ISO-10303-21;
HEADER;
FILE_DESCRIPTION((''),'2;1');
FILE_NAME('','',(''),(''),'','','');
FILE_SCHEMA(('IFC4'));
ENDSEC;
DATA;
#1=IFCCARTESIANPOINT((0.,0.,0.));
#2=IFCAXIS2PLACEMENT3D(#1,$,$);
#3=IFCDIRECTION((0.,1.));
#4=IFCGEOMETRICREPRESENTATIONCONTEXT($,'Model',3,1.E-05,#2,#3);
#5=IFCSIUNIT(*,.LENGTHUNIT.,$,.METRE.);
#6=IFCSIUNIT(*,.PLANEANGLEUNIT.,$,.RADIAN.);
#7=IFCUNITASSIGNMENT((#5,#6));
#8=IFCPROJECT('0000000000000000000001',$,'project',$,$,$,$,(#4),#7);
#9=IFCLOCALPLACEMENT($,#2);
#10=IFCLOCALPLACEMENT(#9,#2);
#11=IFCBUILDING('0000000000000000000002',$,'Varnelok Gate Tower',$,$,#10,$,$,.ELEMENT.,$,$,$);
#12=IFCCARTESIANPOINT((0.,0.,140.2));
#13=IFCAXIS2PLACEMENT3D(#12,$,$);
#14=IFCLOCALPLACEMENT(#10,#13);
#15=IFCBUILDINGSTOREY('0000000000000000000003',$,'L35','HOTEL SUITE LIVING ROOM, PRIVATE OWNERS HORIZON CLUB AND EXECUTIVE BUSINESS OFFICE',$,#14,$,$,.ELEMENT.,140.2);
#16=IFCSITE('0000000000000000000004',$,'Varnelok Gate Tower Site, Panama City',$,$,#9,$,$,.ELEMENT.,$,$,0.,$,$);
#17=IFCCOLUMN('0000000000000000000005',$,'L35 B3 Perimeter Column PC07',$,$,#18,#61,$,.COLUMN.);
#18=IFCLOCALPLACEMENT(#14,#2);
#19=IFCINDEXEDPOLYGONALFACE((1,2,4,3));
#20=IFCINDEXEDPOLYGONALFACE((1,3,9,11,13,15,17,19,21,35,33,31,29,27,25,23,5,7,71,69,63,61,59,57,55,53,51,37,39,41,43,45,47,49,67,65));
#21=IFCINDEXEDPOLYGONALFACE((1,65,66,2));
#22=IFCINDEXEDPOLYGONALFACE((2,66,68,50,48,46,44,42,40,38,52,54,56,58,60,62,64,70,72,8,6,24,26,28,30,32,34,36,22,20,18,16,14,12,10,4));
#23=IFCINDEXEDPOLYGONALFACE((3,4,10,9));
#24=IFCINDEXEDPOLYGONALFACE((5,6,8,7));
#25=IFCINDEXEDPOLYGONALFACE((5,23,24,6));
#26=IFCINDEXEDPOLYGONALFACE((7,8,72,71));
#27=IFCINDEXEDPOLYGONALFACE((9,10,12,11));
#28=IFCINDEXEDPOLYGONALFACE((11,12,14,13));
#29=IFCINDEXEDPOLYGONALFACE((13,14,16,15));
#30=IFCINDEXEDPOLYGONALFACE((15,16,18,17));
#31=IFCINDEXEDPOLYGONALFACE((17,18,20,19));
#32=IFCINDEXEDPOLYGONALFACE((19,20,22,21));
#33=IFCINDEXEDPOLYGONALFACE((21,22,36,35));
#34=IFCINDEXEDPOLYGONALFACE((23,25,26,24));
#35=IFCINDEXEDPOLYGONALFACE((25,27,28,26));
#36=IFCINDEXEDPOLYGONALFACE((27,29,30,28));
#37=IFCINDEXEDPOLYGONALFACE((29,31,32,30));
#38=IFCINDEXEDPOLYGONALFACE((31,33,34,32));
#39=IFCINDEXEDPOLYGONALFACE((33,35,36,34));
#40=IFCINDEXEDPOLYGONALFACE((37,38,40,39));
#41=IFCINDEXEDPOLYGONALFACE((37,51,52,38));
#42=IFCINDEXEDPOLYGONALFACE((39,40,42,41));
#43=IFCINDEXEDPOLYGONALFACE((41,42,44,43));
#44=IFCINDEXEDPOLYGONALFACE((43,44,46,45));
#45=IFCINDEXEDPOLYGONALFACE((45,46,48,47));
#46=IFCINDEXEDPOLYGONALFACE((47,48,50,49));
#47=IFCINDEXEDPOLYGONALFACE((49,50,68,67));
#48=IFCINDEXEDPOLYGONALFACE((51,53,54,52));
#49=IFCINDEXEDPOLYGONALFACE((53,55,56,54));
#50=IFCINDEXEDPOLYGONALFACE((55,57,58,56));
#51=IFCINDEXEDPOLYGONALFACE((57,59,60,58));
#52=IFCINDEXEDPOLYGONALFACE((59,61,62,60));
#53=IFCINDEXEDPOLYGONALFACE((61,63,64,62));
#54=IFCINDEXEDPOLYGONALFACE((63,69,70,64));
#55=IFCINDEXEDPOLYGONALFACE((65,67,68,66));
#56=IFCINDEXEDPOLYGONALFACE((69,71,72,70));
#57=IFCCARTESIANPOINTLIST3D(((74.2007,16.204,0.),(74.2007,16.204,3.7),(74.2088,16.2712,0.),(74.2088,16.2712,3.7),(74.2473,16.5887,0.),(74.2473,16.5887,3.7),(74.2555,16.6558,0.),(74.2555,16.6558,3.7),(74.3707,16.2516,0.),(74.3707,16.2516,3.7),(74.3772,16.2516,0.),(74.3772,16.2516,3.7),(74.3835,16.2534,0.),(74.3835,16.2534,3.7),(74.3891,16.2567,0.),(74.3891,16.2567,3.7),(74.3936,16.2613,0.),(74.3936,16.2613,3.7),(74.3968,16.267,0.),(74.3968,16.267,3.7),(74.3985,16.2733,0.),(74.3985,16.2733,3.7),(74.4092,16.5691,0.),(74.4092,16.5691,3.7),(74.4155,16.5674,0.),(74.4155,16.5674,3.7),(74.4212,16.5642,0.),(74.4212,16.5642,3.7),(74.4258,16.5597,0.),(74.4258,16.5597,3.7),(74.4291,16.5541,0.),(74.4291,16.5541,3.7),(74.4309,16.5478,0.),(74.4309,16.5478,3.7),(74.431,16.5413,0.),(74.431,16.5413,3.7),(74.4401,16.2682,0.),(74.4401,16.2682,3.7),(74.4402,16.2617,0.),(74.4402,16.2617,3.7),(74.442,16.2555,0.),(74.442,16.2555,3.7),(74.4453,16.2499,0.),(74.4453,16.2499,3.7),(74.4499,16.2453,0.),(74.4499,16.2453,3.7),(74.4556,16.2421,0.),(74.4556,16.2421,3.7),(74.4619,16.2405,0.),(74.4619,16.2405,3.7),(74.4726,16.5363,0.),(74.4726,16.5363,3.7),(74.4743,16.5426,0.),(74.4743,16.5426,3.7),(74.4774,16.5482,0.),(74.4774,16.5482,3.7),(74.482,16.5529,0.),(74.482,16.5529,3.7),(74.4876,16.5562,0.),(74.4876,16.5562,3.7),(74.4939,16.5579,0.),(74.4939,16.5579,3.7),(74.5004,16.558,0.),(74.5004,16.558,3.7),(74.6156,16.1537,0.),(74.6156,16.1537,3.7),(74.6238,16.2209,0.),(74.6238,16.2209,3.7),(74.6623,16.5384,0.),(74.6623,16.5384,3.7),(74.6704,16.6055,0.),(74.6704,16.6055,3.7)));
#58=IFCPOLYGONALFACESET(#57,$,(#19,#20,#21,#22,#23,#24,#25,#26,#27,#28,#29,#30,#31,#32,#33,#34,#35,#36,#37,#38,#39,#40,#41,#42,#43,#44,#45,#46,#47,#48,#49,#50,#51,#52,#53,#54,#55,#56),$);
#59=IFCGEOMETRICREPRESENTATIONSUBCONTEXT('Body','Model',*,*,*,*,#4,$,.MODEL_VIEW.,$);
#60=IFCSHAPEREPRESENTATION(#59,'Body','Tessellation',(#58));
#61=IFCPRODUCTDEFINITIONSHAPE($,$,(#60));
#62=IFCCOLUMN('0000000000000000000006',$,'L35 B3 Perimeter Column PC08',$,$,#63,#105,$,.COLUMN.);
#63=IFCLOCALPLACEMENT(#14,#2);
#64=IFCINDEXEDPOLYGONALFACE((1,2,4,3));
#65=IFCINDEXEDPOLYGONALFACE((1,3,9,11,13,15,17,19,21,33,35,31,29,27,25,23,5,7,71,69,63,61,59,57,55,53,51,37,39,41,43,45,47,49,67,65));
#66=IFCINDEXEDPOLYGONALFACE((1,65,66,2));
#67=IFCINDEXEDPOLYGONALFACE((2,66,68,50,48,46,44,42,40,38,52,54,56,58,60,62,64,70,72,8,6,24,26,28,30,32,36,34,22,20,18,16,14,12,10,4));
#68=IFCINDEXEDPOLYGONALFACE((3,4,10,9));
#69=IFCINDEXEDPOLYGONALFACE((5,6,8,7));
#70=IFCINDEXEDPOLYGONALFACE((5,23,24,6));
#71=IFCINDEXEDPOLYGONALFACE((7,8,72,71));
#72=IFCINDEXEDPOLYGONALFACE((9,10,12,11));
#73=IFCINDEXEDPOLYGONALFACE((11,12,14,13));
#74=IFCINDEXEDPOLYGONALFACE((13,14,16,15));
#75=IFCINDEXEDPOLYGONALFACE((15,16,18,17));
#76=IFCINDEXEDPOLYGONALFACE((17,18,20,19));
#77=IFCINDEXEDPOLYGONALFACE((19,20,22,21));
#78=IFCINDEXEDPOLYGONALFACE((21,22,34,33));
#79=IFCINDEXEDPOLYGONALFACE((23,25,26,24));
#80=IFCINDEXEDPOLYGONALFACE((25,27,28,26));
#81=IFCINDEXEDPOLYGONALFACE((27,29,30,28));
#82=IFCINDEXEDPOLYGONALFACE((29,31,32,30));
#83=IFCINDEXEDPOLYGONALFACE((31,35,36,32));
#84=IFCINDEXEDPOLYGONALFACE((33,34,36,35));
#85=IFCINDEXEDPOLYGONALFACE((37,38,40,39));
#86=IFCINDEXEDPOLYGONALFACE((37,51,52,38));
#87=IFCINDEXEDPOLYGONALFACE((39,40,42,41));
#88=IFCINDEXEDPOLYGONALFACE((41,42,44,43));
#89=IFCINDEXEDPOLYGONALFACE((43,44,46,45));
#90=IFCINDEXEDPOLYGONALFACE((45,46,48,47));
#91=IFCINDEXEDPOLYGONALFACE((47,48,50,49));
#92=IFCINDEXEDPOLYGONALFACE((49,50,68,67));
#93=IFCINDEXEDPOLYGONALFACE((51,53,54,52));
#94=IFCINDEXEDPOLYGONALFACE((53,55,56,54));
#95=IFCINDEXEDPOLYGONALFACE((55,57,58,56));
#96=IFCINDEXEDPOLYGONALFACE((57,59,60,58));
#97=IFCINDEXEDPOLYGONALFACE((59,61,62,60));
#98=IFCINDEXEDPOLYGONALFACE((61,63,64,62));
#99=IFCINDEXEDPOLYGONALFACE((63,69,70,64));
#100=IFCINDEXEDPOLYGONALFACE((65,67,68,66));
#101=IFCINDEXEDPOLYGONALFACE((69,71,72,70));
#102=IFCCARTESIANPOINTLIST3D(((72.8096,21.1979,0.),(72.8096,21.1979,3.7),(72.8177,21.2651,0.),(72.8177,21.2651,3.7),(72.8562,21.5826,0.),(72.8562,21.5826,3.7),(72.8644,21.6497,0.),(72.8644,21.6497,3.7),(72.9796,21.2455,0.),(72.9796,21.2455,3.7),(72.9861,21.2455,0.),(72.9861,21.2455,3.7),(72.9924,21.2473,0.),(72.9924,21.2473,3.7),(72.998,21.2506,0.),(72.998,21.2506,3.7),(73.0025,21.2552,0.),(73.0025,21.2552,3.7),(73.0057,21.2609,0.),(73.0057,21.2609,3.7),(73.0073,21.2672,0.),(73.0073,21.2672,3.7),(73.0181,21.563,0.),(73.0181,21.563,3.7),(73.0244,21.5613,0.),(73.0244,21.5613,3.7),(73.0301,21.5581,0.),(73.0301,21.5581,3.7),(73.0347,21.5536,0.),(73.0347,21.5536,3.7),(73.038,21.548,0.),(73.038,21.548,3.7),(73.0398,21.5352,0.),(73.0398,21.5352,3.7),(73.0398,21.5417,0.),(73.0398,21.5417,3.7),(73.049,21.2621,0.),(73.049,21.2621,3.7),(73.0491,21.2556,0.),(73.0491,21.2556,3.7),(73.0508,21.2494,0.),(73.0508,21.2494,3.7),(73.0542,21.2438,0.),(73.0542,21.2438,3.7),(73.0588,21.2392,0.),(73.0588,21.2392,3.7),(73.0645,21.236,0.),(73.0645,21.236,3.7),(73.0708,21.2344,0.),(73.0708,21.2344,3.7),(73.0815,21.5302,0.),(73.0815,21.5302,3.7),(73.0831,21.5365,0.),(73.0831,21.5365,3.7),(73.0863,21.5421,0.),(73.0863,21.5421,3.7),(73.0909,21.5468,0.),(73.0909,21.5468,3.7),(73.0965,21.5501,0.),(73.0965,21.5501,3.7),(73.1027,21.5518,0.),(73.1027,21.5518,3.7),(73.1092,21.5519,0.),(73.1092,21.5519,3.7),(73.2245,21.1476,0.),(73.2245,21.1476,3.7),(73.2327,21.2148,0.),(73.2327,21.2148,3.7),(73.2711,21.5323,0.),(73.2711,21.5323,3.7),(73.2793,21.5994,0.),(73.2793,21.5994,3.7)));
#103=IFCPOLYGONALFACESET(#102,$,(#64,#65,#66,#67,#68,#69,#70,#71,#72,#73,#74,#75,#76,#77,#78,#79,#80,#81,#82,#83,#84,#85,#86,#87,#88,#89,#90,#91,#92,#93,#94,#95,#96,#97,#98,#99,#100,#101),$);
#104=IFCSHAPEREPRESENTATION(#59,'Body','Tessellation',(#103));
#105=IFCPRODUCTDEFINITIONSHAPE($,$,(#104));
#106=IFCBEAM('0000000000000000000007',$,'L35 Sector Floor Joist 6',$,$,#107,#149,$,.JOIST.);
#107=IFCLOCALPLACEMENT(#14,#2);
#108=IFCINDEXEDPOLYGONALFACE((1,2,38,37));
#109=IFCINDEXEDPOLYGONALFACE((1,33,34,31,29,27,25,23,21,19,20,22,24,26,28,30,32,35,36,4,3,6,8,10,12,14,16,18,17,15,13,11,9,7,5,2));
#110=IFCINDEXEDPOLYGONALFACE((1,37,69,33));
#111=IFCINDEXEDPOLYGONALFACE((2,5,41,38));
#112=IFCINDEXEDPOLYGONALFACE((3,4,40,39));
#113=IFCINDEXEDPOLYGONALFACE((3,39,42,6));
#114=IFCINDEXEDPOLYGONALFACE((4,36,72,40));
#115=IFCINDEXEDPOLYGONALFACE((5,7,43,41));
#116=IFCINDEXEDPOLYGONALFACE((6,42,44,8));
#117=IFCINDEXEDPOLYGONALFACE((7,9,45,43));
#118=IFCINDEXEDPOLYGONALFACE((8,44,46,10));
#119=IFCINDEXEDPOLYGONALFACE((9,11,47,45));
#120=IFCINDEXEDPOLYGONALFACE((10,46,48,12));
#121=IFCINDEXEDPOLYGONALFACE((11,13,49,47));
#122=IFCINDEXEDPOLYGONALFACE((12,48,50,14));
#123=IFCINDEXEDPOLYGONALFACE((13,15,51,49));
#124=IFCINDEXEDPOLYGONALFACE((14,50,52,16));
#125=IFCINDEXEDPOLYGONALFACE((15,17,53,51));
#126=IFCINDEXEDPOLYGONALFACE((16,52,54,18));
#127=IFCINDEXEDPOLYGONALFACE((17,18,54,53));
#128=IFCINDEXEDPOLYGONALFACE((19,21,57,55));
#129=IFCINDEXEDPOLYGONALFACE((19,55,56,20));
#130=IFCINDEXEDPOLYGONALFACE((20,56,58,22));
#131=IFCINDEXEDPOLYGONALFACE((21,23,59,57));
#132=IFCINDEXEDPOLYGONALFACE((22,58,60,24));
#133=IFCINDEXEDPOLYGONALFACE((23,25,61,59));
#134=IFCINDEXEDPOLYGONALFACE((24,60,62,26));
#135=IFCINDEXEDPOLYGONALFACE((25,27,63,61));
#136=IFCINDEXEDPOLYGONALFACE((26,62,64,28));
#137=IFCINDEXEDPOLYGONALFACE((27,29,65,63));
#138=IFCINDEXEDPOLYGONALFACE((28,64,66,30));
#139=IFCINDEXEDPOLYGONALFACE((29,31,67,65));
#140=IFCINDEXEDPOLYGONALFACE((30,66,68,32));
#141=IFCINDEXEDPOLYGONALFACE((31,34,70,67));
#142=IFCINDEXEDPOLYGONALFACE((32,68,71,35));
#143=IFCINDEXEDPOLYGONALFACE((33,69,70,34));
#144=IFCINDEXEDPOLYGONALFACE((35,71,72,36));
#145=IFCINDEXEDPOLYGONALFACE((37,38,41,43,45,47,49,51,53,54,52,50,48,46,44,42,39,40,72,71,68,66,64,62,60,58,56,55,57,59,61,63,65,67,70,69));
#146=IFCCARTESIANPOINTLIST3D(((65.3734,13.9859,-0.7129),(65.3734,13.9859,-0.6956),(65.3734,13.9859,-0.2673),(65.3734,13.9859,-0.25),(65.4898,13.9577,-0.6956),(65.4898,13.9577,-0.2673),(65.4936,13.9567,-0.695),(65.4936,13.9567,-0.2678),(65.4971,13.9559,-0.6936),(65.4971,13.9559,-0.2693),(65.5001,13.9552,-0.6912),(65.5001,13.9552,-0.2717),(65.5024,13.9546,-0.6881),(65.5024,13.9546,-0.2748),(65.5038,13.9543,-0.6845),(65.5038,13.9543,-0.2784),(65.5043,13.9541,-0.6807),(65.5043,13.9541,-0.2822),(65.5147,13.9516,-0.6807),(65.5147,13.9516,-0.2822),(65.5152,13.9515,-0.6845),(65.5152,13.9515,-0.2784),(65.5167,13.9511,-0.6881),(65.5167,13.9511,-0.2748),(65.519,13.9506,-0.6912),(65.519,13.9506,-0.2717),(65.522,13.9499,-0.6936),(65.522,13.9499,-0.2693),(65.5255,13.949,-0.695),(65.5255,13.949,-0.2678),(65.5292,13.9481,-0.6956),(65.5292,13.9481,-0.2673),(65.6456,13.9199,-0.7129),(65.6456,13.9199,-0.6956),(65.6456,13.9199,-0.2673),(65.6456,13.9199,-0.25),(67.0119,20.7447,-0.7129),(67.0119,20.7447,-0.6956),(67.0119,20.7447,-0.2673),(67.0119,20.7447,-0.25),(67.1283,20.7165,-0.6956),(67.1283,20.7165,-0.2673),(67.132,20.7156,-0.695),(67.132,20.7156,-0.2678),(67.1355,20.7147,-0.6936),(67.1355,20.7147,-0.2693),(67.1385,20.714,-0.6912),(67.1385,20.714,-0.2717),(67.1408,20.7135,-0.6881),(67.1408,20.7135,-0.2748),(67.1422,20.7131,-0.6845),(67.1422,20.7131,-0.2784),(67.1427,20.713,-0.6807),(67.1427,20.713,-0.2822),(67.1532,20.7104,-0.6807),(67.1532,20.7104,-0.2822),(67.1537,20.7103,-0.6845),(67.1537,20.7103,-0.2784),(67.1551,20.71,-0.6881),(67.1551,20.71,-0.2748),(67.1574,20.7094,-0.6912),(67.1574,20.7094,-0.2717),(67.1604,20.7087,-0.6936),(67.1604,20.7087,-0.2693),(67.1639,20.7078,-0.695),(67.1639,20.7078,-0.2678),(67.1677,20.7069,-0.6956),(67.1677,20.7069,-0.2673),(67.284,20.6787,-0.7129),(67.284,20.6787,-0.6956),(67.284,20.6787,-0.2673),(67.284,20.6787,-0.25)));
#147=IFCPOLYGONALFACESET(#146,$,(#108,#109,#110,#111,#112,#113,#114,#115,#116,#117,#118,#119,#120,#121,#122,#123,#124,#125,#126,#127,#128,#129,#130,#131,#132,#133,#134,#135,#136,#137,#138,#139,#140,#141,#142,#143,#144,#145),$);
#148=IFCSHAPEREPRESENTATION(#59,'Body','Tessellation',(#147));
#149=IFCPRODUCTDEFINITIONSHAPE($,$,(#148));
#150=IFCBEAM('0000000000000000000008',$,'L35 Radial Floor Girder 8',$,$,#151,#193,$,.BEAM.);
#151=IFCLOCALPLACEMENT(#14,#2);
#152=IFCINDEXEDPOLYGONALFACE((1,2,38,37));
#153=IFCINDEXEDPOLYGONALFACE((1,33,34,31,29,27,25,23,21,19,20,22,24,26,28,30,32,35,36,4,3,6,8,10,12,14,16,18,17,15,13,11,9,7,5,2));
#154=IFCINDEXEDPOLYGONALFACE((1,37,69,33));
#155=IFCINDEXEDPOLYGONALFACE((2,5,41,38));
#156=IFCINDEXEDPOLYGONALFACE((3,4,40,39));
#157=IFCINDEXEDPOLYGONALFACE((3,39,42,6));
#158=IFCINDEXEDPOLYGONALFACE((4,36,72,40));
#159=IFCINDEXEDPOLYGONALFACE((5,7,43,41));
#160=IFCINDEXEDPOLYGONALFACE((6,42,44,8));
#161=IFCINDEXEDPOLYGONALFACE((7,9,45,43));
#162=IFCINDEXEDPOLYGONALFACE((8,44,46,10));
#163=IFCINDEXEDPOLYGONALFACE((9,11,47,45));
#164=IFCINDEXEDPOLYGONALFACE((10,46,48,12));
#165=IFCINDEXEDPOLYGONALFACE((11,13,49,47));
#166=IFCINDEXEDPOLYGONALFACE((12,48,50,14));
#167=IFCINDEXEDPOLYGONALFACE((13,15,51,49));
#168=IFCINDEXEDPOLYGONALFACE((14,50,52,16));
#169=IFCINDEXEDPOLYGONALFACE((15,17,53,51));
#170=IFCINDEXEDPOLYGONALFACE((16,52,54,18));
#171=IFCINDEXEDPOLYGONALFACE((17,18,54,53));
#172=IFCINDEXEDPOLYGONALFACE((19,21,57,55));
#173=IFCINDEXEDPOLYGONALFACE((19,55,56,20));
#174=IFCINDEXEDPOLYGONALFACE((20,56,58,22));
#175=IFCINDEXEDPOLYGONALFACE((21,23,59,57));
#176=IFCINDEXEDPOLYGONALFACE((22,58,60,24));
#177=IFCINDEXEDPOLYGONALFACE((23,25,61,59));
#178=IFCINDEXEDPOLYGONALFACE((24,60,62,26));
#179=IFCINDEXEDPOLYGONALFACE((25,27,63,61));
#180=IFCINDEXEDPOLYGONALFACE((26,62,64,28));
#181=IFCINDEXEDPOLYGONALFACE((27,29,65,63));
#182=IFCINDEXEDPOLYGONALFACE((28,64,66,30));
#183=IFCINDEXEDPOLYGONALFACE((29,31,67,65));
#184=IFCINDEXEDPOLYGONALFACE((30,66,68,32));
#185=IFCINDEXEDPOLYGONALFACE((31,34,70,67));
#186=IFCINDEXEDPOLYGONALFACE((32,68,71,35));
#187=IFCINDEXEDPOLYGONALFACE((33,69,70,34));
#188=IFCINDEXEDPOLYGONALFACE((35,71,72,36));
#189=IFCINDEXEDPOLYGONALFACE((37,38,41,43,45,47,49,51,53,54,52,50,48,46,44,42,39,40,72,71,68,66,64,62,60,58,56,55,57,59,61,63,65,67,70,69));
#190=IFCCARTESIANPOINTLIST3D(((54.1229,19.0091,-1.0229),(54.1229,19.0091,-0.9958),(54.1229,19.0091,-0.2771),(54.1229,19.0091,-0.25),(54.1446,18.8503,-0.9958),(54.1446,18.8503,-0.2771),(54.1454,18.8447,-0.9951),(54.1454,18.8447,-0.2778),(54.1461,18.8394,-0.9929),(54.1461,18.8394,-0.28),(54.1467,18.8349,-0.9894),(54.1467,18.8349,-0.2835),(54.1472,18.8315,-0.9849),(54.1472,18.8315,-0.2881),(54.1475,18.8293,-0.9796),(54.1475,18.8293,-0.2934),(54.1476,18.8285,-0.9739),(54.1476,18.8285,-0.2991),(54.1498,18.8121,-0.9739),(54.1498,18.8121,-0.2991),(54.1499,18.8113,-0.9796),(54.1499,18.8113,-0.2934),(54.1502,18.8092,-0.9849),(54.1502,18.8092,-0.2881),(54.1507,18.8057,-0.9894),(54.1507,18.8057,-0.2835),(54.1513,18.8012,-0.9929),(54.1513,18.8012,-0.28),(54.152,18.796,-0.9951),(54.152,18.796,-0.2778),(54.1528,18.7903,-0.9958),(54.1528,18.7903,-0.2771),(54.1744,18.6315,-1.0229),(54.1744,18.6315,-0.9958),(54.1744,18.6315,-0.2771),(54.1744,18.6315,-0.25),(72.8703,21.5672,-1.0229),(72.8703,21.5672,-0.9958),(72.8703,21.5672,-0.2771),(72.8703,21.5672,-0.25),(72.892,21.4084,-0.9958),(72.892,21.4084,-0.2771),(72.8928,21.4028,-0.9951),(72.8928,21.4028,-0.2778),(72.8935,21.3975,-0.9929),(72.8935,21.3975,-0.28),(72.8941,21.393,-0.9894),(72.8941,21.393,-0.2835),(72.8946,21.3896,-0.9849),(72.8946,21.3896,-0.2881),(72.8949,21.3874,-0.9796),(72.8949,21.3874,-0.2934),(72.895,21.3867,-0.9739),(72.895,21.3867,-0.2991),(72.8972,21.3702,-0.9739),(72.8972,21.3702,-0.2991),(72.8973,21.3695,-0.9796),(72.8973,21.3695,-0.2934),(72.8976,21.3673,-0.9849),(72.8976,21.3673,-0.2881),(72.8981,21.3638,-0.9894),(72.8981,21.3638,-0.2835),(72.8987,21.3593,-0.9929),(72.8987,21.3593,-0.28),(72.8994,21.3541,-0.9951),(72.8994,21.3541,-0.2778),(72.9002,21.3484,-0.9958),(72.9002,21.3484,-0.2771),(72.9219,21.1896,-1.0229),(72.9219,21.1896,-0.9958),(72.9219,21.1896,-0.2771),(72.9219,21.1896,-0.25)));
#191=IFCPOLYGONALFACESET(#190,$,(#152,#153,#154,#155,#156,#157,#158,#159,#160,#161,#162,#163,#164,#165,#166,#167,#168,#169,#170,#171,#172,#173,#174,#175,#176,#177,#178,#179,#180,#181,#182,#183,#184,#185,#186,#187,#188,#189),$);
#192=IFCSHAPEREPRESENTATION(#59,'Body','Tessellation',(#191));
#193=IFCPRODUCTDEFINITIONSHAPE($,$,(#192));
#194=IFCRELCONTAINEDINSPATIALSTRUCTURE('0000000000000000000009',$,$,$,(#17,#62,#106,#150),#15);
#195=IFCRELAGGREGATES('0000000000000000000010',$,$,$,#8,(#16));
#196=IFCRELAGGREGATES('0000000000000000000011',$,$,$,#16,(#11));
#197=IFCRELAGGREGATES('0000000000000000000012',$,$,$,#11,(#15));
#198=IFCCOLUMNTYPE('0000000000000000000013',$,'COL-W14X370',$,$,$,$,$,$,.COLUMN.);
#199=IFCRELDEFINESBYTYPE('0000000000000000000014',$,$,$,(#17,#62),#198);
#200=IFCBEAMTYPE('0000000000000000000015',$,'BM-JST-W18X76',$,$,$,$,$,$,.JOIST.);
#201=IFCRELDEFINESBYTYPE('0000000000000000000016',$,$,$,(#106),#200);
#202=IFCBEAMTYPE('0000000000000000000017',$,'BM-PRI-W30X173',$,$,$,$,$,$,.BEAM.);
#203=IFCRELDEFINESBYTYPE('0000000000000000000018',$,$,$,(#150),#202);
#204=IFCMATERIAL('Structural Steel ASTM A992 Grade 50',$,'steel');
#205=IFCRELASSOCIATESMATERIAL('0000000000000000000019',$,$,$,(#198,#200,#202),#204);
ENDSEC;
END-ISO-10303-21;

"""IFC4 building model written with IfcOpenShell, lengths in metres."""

from ifc_helpers import new_model, si_unit, direction, frame, origin, origin_2d, place, context, subcontext, project, spatial, i_section, extrude, material, material_profile, profile_set, type_object, element, save


model = new_model("IFC4")

# Units and contexts
model_context = context("Model", 3, precision=1e-05, world=origin(), true_north=direction((0.0, 1.0)))
body_context = subcontext(model_context, "Body", "Model", "MODEL_VIEW")
ifc_project = project(units=[si_unit("LENGTHUNIT", "METRE"), si_unit("PLANEANGLEUNIT", "RADIAN")], contexts=[model_context])

# Site, building, storey
site_placement = place(None, origin())
site = spatial("IfcSite", under=ifc_project, at=site_placement, Name="Varnelok Gate Tower Site, Panama City", CompositionType="ELEMENT", RefElevation=0.0)
building_placement = place(site_placement, origin())
building = spatial("IfcBuilding", under=site, at=building_placement, Name="Varnelok Gate Tower", CompositionType="ELEMENT")
storey_placement = place(building_placement, frame((0.0, 0.0, 140.2)))
storey = spatial("IfcBuildingStorey", under=building, at=storey_placement, Name="L35", Description="HOTEL SUITE LIVING ROOM, PRIVATE OWNERS HORIZON CLUB AND EXECUTIVE BUSINESS OFFICE", CompositionType="ELEMENT", Elevation=140.2)

# Columns
ifc_material_1 = material(Name="Structural Steel ASTM A992 Grade 50", Category="steel")
ifc_material_profile_1 = material_profile(ifc_material_1, i_section(OverallWidth=0.418, OverallDepth=0.4551, WebThickness=0.042, FlangeThickness=0.0676, FilletRadius=0.0249, at=origin_2d()), Name="W14X370")
ifc_profile_set_1 = profile_set([ifc_material_profile_1], Name="Structural Steel ASTM A992 Grade 50")
column_type = type_object("IfcColumnType", Name="COL-W14X370", PredefinedType="COLUMN", material=ifc_profile_set_1)
for number, where, z_axis, x_axis, name in (
    (1, (74.4355, 16.4048, 0.0), (0.0, 0.0, 1.0), (0.992732, -0.120345, 0.0), "L35 B3 Perimeter Column PC07"),
    (2, (73.0444, 21.3987, 0.0), (0.0, 0.0, 1.0), (0.992732, -0.120345, 0.0), "L35 B3 Perimeter Column PC08"),
):
    element("IfcColumn", number, at=place(storey_placement, frame(where, z_axis=z_axis, x_axis=x_axis)), inside=storey, type_object=column_type, Name=name, PredefinedType="COLUMN", context=body_context, shape_type="SweptSolid", body=[
        extrude(i_section(OverallWidth=0.418, OverallDepth=0.4551, WebThickness=0.042, FlangeThickness=0.0676, FilletRadius=0.0249, at=origin_2d()), origin(), (0.0, 0.0, 1.0), 3.7),
    ])

# Beams
ifc_material_profile_2 = material_profile(ifc_material_1, i_section(OverallWidth=0.28, OverallDepth=0.4629, WebThickness=0.0107, FlangeThickness=0.0173, FilletRadius=0.0149, at=origin_2d()), Name="W18X76")
ifc_profile_set_2 = profile_set([ifc_material_profile_2], Name="Structural Steel ASTM A992 Grade 50")
beam_type_1 = type_object("IfcBeamType", Name="BM-JST-W18X76", PredefinedType="JOIST", material=ifc_profile_set_2)
beam_1_placement = place(storey_placement, frame((65.5095, 13.9529, -0.4814), z_axis=(0.235591, 0.971852, 0.0), x_axis=(-0.971852, 0.235591, 0.0)))
element("IfcBeam", 3, at=beam_1_placement, inside=storey, type_object=beam_type_1, Name="L35 Sector Floor Joist 6", PredefinedType="JOIST", context=body_context, shape_type="SweptSolid", body=[
    extrude(i_section(OverallWidth=0.28, OverallDepth=0.4629, WebThickness=0.0107, FlangeThickness=0.0173, FilletRadius=0.0149, at=origin_2d()), origin(), (0.0, 0.0, 1.0), 6.9546),
])
ifc_material_profile_3 = material_profile(ifc_material_1, i_section(OverallWidth=0.3811, OverallDepth=0.7729, WebThickness=0.0166, FlangeThickness=0.0271, FilletRadius=0.022, at=origin_2d()), Name="W30X173")
ifc_profile_set_3 = profile_set([ifc_material_profile_3], Name="Structural Steel ASTM A992 Grade 50")
beam_type_2 = type_object("IfcBeamType", Name="BM-PRI-W30X173", PredefinedType="BEAM", material=ifc_profile_set_3)
beam_2_placement = place(storey_placement, frame((54.1487, 18.8203, -0.6365), z_axis=(0.990818, 0.135199, 0.0), x_axis=(-0.135199, 0.990818, 0.0)))
element("IfcBeam", 4, at=beam_2_placement, inside=storey, type_object=beam_type_2, Name="L35 Radial Floor Girder 8", PredefinedType="BEAM", context=body_context, shape_type="SweptSolid", body=[
    extrude(i_section(OverallWidth=0.3811, OverallDepth=0.7729, WebThickness=0.0166, FlangeThickness=0.0271, FilletRadius=0.022, at=origin_2d()), origin(), (0.0, 0.0, 1.0), 18.9211),
])

save(model, "model.ifc")
